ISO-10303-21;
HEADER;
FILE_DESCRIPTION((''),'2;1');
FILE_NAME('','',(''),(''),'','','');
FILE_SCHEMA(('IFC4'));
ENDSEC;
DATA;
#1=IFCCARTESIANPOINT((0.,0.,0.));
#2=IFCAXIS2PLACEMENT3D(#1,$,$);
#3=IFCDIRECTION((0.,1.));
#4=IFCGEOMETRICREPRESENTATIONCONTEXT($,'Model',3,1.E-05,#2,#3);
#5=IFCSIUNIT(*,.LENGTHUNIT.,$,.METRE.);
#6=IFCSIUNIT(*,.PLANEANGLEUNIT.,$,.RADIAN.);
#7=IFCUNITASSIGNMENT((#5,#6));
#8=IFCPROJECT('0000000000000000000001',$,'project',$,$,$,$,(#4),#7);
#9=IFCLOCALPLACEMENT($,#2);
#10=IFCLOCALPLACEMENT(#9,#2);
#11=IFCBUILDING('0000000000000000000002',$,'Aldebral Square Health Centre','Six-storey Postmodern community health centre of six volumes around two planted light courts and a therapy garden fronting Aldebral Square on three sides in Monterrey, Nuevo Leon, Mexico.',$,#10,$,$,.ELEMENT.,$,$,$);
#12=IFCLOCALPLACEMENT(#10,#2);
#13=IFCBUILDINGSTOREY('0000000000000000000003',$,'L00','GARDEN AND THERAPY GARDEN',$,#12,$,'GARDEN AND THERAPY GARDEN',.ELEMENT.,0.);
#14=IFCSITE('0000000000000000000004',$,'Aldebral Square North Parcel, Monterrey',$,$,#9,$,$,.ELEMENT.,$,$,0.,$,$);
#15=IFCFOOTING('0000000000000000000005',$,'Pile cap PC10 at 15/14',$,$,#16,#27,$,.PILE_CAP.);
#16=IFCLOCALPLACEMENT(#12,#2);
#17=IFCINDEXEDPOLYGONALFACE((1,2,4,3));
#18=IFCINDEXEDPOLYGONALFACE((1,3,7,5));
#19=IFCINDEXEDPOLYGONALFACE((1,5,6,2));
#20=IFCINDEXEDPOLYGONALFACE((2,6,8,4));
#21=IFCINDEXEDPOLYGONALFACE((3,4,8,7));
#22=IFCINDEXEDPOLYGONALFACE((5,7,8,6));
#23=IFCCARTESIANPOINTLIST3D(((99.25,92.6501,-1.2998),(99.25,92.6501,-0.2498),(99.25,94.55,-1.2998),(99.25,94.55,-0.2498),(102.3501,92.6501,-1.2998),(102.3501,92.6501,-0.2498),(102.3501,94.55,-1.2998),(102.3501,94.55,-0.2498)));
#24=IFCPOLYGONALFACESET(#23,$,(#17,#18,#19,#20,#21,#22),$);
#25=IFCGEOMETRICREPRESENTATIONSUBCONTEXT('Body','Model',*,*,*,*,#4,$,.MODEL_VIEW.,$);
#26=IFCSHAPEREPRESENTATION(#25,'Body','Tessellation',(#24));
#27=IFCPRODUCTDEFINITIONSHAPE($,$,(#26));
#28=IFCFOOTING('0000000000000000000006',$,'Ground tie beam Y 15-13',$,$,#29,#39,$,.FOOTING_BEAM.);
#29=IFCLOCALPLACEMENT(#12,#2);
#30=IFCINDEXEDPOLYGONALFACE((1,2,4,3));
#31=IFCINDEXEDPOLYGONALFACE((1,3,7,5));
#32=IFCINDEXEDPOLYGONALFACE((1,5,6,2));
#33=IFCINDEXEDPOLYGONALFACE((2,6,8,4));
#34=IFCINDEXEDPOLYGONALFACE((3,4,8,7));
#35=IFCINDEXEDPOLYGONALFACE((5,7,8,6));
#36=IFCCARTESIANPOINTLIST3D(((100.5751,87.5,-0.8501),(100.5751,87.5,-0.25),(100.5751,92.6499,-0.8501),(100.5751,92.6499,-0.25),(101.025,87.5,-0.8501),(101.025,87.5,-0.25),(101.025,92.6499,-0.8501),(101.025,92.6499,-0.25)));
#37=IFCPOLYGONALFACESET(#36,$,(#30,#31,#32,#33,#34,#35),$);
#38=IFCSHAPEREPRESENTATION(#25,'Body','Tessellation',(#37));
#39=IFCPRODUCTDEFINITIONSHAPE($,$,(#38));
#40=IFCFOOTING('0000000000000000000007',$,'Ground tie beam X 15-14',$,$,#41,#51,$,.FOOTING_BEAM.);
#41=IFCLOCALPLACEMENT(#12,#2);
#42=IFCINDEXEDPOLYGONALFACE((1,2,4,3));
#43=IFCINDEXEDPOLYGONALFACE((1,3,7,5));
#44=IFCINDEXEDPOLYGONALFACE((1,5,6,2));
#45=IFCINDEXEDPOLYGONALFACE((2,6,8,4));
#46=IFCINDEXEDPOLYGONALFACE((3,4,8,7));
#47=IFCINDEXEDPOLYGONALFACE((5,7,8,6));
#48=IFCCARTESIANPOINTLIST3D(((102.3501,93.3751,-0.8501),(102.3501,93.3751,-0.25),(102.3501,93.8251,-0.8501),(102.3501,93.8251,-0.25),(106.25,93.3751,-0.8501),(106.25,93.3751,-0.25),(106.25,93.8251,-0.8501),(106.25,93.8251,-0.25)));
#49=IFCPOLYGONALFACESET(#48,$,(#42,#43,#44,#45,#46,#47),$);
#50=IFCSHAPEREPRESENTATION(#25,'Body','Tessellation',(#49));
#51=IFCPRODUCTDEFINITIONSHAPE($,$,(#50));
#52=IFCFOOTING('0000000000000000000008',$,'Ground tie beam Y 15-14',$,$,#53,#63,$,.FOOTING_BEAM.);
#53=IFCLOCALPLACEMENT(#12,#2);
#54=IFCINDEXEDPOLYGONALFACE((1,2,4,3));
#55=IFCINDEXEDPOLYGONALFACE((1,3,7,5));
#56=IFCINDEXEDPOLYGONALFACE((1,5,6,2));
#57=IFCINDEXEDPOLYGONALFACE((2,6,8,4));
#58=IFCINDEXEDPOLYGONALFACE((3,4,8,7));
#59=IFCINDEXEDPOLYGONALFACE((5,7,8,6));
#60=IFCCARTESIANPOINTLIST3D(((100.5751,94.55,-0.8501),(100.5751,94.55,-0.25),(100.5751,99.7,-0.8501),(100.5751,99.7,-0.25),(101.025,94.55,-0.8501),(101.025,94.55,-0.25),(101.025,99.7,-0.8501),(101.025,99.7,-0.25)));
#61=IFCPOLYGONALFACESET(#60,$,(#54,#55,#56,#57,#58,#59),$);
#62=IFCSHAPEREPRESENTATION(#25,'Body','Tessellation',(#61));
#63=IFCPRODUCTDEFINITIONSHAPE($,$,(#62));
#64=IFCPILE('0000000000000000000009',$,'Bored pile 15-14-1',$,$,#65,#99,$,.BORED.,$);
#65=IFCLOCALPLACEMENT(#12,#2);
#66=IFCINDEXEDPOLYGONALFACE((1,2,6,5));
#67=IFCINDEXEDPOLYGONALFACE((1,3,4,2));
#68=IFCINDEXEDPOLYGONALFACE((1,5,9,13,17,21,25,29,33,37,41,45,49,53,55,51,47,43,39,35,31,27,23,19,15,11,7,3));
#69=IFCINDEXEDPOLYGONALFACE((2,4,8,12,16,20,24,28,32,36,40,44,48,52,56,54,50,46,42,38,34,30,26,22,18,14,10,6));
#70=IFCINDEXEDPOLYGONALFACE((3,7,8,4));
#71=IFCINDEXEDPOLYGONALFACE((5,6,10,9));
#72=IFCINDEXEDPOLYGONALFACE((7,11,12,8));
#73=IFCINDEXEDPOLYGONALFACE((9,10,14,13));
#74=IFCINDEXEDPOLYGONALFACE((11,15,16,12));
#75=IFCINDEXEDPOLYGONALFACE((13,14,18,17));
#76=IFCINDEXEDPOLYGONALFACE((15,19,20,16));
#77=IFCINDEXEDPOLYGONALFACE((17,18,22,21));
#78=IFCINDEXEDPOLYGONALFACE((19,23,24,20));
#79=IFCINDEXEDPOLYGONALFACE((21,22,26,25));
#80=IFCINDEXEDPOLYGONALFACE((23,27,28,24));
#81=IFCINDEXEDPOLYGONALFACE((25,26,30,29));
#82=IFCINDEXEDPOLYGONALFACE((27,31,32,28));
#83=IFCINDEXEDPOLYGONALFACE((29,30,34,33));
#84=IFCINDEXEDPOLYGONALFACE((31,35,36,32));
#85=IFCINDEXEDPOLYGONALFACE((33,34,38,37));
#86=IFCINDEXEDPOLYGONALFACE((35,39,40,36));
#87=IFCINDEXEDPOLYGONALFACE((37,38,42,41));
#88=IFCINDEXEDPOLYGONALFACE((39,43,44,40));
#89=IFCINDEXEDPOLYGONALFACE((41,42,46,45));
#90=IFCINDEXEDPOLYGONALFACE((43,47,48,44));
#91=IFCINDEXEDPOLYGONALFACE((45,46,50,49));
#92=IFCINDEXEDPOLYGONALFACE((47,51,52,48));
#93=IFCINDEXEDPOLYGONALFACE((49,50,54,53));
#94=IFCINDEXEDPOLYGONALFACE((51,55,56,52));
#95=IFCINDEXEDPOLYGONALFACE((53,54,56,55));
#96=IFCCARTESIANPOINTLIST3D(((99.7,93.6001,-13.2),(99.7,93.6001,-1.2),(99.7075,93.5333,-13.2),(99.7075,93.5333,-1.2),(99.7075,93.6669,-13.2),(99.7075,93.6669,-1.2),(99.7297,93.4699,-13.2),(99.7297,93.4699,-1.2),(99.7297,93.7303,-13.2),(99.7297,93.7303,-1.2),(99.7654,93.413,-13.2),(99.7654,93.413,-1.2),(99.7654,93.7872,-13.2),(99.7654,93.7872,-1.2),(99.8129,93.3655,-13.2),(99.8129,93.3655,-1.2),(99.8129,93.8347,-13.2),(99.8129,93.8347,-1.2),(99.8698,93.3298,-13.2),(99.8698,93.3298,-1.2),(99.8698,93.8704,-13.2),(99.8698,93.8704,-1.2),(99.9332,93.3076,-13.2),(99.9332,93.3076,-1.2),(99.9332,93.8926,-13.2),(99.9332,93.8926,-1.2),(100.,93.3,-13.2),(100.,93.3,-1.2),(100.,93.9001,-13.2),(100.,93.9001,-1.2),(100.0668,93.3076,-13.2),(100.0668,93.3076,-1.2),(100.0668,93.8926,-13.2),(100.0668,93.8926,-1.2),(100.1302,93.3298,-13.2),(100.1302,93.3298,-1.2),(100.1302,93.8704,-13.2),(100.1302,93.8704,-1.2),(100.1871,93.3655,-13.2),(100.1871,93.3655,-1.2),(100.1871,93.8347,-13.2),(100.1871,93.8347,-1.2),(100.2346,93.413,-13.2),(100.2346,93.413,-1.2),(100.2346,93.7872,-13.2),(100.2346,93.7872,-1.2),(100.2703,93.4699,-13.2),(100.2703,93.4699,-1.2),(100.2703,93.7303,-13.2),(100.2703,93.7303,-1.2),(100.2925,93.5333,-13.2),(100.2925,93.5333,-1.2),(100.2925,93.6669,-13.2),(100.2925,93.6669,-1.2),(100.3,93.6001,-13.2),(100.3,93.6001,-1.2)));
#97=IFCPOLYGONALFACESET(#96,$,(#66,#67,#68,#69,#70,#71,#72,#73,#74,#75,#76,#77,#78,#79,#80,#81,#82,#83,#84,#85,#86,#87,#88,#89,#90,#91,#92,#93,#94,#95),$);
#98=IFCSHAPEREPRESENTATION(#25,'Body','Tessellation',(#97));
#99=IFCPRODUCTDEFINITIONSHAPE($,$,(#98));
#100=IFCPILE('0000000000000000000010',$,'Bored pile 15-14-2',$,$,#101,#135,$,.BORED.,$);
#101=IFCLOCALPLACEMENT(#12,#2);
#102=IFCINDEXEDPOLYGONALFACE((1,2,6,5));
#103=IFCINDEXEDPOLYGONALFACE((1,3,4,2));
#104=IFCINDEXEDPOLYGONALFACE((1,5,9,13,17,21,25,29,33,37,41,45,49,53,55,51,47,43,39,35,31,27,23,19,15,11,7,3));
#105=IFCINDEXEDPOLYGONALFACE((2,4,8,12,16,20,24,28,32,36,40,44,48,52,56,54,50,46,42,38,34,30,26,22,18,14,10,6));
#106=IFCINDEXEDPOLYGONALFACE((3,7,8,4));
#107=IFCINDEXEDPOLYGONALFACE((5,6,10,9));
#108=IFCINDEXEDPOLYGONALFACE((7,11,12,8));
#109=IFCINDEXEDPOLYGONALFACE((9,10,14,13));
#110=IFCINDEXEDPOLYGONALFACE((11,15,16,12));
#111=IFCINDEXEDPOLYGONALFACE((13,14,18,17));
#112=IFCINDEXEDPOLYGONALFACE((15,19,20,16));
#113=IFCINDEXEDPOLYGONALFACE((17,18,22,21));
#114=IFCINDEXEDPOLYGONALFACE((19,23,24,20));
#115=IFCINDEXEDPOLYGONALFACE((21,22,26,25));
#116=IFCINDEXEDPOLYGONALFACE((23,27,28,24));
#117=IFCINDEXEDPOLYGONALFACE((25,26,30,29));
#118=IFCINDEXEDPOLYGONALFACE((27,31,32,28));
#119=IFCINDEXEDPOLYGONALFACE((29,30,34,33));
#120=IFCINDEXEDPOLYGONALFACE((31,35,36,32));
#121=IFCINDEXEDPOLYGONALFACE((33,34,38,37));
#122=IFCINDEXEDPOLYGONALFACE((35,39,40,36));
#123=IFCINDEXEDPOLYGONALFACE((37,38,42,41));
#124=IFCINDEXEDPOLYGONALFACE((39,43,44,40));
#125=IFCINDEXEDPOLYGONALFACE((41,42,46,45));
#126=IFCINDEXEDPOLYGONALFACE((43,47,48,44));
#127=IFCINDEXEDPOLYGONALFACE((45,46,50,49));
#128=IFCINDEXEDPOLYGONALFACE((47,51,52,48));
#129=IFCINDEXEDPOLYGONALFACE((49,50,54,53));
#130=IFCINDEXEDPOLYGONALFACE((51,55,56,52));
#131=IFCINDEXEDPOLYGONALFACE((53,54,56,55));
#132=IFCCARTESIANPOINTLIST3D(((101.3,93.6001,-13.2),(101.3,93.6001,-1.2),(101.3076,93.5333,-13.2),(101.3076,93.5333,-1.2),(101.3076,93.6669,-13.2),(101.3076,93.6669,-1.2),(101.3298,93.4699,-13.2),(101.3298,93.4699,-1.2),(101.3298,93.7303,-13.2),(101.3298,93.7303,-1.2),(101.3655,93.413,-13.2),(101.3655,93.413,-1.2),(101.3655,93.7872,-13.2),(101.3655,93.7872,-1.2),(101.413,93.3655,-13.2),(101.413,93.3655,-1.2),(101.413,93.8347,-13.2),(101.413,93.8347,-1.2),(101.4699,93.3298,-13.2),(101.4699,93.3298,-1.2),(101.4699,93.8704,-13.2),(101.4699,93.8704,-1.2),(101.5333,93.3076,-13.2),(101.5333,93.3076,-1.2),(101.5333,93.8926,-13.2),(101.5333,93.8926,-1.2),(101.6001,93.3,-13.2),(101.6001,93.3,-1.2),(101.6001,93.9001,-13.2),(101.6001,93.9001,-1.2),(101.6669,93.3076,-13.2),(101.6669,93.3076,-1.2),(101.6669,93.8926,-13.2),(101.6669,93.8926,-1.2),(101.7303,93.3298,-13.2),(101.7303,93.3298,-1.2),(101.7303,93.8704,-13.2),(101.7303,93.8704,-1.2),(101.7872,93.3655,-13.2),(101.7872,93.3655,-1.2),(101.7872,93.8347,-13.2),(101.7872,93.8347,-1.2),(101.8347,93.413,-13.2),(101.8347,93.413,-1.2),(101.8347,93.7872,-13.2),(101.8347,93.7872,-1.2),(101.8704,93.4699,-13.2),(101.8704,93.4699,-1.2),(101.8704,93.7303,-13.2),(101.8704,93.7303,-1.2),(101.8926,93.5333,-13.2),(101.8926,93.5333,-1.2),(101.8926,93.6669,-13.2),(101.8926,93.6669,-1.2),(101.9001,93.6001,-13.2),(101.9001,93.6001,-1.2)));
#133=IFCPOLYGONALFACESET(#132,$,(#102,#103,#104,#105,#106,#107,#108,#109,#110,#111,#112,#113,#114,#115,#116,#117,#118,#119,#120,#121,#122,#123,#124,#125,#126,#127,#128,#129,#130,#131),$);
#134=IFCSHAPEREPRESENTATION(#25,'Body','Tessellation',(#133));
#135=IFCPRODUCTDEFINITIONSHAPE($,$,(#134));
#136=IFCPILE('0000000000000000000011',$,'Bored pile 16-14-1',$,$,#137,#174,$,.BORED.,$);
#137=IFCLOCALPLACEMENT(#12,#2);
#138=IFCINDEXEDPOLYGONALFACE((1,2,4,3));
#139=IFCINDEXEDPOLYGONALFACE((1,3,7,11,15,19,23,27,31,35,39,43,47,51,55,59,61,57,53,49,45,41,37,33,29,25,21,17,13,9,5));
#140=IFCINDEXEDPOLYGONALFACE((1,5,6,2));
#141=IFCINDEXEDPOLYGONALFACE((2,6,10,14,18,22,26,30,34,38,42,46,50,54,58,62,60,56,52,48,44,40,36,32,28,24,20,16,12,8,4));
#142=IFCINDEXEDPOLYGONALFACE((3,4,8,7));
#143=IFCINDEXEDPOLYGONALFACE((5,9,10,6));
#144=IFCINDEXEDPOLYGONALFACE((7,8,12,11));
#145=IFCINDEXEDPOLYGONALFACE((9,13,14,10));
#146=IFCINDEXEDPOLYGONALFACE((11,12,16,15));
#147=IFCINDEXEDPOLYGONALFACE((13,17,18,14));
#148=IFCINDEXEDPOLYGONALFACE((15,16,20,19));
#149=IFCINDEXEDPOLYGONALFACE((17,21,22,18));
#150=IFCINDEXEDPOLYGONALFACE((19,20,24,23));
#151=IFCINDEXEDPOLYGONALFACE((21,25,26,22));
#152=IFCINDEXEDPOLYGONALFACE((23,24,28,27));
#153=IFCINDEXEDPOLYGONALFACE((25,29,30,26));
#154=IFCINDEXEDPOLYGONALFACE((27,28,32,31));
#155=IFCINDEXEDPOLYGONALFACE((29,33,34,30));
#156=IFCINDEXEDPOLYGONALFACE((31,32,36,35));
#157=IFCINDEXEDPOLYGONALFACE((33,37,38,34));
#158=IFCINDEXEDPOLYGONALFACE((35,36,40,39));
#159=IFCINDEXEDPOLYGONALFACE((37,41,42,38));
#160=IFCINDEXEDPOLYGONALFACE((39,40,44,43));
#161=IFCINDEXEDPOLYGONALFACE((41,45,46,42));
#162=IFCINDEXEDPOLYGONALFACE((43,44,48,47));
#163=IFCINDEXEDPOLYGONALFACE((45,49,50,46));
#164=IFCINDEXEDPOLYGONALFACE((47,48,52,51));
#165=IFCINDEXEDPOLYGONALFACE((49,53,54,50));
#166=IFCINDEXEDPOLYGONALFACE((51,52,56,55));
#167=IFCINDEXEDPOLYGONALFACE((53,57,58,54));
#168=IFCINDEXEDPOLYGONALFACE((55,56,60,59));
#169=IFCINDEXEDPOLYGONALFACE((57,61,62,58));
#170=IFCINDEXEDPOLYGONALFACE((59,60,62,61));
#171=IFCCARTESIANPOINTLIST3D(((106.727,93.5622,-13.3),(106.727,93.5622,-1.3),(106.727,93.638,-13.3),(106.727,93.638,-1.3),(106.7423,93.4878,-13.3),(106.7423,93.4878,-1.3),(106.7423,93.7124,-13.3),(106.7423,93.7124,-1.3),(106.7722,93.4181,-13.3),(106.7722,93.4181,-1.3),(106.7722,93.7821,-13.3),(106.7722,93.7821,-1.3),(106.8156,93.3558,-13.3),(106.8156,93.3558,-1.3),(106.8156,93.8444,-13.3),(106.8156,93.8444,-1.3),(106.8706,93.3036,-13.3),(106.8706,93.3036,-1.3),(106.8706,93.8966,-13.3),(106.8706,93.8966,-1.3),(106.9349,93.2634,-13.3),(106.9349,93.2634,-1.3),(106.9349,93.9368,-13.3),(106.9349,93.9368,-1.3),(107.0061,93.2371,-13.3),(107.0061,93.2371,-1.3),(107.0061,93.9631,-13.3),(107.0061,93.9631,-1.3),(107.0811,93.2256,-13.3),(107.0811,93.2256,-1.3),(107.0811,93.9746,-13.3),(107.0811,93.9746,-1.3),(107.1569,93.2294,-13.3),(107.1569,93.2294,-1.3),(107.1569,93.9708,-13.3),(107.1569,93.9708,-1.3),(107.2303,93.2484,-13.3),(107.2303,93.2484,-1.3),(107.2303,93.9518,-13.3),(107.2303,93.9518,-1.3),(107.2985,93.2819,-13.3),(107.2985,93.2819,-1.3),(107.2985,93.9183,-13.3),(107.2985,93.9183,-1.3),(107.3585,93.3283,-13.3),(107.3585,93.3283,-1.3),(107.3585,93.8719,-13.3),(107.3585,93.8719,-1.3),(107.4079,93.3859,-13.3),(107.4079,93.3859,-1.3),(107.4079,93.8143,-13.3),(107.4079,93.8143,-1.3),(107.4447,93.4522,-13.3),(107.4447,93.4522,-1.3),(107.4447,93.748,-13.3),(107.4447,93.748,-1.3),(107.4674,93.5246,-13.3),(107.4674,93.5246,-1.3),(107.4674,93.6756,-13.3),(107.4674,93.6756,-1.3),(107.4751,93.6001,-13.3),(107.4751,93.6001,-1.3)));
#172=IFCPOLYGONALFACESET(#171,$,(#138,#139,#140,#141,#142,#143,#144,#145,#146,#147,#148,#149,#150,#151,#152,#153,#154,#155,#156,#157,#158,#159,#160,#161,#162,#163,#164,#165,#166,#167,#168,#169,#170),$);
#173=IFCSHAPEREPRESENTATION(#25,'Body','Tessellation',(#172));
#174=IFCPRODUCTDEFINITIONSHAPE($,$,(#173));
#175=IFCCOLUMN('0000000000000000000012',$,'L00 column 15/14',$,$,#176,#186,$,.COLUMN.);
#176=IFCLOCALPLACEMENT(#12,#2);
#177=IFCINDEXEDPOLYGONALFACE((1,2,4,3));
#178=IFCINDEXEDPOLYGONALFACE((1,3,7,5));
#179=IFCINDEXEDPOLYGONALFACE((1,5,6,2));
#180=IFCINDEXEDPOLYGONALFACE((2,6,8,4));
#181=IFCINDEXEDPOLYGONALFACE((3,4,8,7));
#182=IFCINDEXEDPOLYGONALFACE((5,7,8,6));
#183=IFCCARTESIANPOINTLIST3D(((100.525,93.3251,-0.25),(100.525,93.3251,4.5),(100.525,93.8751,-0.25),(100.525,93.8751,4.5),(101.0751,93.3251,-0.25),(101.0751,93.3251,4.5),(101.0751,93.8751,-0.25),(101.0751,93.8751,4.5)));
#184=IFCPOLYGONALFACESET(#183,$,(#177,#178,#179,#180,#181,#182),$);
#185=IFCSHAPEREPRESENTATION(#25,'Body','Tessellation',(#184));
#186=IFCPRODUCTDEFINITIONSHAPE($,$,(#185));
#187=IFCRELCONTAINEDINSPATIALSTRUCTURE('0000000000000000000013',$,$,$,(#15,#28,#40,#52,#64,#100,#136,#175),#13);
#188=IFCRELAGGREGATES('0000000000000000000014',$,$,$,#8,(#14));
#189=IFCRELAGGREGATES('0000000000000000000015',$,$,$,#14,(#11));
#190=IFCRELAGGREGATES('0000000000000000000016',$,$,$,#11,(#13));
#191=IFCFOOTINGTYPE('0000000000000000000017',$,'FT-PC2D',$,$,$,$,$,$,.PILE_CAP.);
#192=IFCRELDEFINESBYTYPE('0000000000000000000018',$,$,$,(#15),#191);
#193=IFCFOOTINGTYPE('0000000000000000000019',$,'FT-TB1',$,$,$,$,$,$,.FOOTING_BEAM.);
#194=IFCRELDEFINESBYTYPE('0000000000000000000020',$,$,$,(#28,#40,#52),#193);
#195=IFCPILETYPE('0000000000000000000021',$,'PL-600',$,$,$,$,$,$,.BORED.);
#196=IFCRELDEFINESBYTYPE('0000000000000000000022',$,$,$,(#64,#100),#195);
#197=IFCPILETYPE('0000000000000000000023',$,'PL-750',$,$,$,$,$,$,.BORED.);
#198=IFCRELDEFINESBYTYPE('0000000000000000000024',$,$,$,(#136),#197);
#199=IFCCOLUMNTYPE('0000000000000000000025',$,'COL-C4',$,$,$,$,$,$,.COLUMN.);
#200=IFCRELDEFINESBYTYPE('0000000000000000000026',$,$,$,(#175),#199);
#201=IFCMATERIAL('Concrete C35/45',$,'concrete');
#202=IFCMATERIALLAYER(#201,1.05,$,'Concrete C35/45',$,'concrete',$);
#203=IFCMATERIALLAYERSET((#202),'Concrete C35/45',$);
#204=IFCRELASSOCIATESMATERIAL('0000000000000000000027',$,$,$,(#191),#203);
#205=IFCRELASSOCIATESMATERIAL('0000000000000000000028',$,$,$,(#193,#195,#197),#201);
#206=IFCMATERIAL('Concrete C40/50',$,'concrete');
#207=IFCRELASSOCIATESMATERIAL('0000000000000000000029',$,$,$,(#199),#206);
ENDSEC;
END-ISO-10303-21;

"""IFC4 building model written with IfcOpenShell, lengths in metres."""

from ifc_helpers import new_model, si_unit, direction, frame, origin, origin_2d, place, context, subcontext, project, spatial, rectangle, circle, extrude, material, layer, layer_set, material_profile, profile_set, type_object, element, save


model = new_model("IFC4")

# Units and contexts
model_context = context("Model", 3, precision=1e-05, world=origin(), true_north=direction((0.0, 1.0)))
body_context = subcontext(model_context, "Body", "Model", "MODEL_VIEW")
ifc_project = project(units=[si_unit("LENGTHUNIT", "METRE"), si_unit("PLANEANGLEUNIT", "RADIAN")], contexts=[model_context])

# Site, building, storey
site_placement = place(None, origin())
site = spatial("IfcSite", under=ifc_project, at=site_placement, Name="Aldebral Square North Parcel, Monterrey", CompositionType="ELEMENT", RefElevation=0.0)
building_placement = place(site_placement, origin())
building = spatial("IfcBuilding", under=site, at=building_placement, Name="Aldebral Square Health Centre", Description="Six-storey Postmodern community health centre of six volumes around two planted light courts and a therapy garden fronting Aldebral Square on three sides in Monterrey, Nuevo Leon, Mexico.", CompositionType="ELEMENT")
storey_placement = place(building_placement, origin())
storey = spatial("IfcBuildingStorey", under=building, at=storey_placement, Name="L00", Description="GARDEN AND THERAPY GARDEN", LongName="GARDEN AND THERAPY GARDEN", CompositionType="ELEMENT", Elevation=0.0)

# Footings
ifc_material_1 = material(Name="Concrete C35/45", Category="concrete")
ifc_layer_1 = layer(ifc_material_1, 1.05, Name="Concrete C35/45", Category="concrete")
ifc_layer_set_1 = layer_set([ifc_layer_1], Name="Concrete C35/45")
footing_type_1 = type_object("IfcFootingType", Name="FT-PC2D", PredefinedType="PILE_CAP", material=ifc_layer_set_1)
footing_1_placement = place(storey_placement, frame((100.8, 93.6001, -1.2998), z_axis=(0.0, 0.0, 1.0), x_axis=(1.0, 0.0, 0.0)))
element("IfcFooting", 1, at=footing_1_placement, inside=storey, type_object=footing_type_1, Name="Pile cap PC10 at 15/14", PredefinedType="PILE_CAP", context=body_context, shape_type="SweptSolid", body=[
    extrude(rectangle(XDim=3.1001, YDim=1.8999, at=origin_2d()), origin(), (0.0, 0.0, 1.0), 1.05),
])
ifc_material_profile_1 = material_profile(ifc_material_1, rectangle(XDim=0.45, YDim=0.6001, at=origin_2d()), Name="RC 450x600")
ifc_profile_set_1 = profile_set([ifc_material_profile_1], Name="Concrete C35/45")
footing_type_2 = type_object("IfcFootingType", Name="FT-TB1", PredefinedType="FOOTING_BEAM", material=ifc_profile_set_1)
footing_2_placement = place(storey_placement, frame((100.8, 87.5, -0.55), z_axis=(0.0, 1.0, 0.0), x_axis=(-1.0, 0.0, 0.0)))
element("IfcFooting", 2, at=footing_2_placement, inside=storey, type_object=footing_type_2, Name="Ground tie beam Y 15-13", PredefinedType="FOOTING_BEAM", context=body_context, shape_type="SweptSolid", body=[
    extrude(rectangle(XDim=0.45, YDim=0.6001, at=origin_2d()), origin(), (0.0, 0.0, 1.0), 5.1499),
])
footing_3_placement = place(storey_placement, frame((102.3501, 93.6001, -0.55), z_axis=(1.0, 0.0, 0.0), x_axis=(0.0, 1.0, 0.0)))
element("IfcFooting", 3, at=footing_3_placement, inside=storey, type_object=footing_type_2, Name="Ground tie beam X 15-14", PredefinedType="FOOTING_BEAM", context=body_context, shape_type="SweptSolid", body=[
    extrude(rectangle(XDim=0.45, YDim=0.6001, at=origin_2d()), origin(), (0.0, 0.0, 1.0), 3.8999),
])
footing_4_placement = place(storey_placement, frame((100.8, 94.55, -0.55), z_axis=(0.0, 1.0, 0.0), x_axis=(-1.0, 0.0, 0.0)))
element("IfcFooting", 4, at=footing_4_placement, inside=storey, type_object=footing_type_2, Name="Ground tie beam Y 15-14", PredefinedType="FOOTING_BEAM", context=body_context, shape_type="SweptSolid", body=[
    extrude(rectangle(XDim=0.45, YDim=0.6001, at=origin_2d()), origin(), (0.0, 0.0, 1.0), 5.1499),
])

# Piles
ifc_material_profile_2 = material_profile(ifc_material_1, circle(Radius=0.3, at=origin_2d()), Name="PILE D600")
ifc_profile_set_2 = profile_set([ifc_material_profile_2], Name="Concrete C35/45")
pile_type_1 = type_object("IfcPileType", Name="PL-600", PredefinedType="BORED", material=ifc_profile_set_2)
for number, where, z_axis, x_axis, name in (
    (5, (100.0, 93.6001, -1.2), (0.0, 0.0, -1.0), (1.0, 0.0, 0.0), "Bored pile 15-14-1"),
    (6, (101.6001, 93.6001, -1.2), (0.0, 0.0, -1.0), (1.0, 0.0, 0.0), "Bored pile 15-14-2"),
):
    element("IfcPile", number, at=place(storey_placement, frame(where, z_axis=z_axis, x_axis=x_axis)), inside=storey, type_object=pile_type_1, Name=name, PredefinedType="BORED", context=body_context, shape_type="SweptSolid", body=[
        extrude(circle(Radius=0.3, at=origin_2d()), origin(), (0.0, 0.0, 1.0), 12.0),
    ])
ifc_material_profile_3 = material_profile(ifc_material_1, circle(Radius=0.375, at=origin_2d()), Name="PILE D750")
ifc_profile_set_3 = profile_set([ifc_material_profile_3], Name="Concrete C35/45")
pile_type_2 = type_object("IfcPileType", Name="PL-750", PredefinedType="BORED", material=ifc_profile_set_3)
pile_placement = place(storey_placement, frame((107.1001, 93.6001, -1.3), z_axis=(0.0, 0.0, -1.0), x_axis=(1.0, 0.0, 0.0)))
element("IfcPile", 7, at=pile_placement, inside=storey, type_object=pile_type_2, Name="Bored pile 16-14-1", PredefinedType="BORED", context=body_context, shape_type="SweptSolid", body=[
    extrude(circle(Radius=0.375, at=origin_2d()), origin(), (0.0, 0.0, 1.0), 12.0),
])

# Column
ifc_material_2 = material(Name="Concrete C40/50", Category="concrete")
ifc_material_profile_4 = material_profile(ifc_material_2, rectangle(XDim=0.55, YDim=0.55, at=origin_2d()), Name="RC 550x550")
ifc_profile_set_4 = profile_set([ifc_material_profile_4], Name="Concrete C40/50")
column_type = type_object("IfcColumnType", Name="COL-C4", PredefinedType="COLUMN", material=ifc_profile_set_4)
column_placement = place(storey_placement, frame((100.8, 93.6001, -0.25), z_axis=(0.0, 0.0, 1.0), x_axis=(1.0, 0.0, 0.0)))
element("IfcColumn", 8, at=column_placement, inside=storey, type_object=column_type, Name="L00 column 15/14", PredefinedType="COLUMN", context=body_context, shape_type="SweptSolid", body=[
    extrude(rectangle(XDim=0.55, YDim=0.55, at=origin_2d()), origin(), (0.0, 0.0, 1.0), 4.75),
])

save(model, "model.ifc")
